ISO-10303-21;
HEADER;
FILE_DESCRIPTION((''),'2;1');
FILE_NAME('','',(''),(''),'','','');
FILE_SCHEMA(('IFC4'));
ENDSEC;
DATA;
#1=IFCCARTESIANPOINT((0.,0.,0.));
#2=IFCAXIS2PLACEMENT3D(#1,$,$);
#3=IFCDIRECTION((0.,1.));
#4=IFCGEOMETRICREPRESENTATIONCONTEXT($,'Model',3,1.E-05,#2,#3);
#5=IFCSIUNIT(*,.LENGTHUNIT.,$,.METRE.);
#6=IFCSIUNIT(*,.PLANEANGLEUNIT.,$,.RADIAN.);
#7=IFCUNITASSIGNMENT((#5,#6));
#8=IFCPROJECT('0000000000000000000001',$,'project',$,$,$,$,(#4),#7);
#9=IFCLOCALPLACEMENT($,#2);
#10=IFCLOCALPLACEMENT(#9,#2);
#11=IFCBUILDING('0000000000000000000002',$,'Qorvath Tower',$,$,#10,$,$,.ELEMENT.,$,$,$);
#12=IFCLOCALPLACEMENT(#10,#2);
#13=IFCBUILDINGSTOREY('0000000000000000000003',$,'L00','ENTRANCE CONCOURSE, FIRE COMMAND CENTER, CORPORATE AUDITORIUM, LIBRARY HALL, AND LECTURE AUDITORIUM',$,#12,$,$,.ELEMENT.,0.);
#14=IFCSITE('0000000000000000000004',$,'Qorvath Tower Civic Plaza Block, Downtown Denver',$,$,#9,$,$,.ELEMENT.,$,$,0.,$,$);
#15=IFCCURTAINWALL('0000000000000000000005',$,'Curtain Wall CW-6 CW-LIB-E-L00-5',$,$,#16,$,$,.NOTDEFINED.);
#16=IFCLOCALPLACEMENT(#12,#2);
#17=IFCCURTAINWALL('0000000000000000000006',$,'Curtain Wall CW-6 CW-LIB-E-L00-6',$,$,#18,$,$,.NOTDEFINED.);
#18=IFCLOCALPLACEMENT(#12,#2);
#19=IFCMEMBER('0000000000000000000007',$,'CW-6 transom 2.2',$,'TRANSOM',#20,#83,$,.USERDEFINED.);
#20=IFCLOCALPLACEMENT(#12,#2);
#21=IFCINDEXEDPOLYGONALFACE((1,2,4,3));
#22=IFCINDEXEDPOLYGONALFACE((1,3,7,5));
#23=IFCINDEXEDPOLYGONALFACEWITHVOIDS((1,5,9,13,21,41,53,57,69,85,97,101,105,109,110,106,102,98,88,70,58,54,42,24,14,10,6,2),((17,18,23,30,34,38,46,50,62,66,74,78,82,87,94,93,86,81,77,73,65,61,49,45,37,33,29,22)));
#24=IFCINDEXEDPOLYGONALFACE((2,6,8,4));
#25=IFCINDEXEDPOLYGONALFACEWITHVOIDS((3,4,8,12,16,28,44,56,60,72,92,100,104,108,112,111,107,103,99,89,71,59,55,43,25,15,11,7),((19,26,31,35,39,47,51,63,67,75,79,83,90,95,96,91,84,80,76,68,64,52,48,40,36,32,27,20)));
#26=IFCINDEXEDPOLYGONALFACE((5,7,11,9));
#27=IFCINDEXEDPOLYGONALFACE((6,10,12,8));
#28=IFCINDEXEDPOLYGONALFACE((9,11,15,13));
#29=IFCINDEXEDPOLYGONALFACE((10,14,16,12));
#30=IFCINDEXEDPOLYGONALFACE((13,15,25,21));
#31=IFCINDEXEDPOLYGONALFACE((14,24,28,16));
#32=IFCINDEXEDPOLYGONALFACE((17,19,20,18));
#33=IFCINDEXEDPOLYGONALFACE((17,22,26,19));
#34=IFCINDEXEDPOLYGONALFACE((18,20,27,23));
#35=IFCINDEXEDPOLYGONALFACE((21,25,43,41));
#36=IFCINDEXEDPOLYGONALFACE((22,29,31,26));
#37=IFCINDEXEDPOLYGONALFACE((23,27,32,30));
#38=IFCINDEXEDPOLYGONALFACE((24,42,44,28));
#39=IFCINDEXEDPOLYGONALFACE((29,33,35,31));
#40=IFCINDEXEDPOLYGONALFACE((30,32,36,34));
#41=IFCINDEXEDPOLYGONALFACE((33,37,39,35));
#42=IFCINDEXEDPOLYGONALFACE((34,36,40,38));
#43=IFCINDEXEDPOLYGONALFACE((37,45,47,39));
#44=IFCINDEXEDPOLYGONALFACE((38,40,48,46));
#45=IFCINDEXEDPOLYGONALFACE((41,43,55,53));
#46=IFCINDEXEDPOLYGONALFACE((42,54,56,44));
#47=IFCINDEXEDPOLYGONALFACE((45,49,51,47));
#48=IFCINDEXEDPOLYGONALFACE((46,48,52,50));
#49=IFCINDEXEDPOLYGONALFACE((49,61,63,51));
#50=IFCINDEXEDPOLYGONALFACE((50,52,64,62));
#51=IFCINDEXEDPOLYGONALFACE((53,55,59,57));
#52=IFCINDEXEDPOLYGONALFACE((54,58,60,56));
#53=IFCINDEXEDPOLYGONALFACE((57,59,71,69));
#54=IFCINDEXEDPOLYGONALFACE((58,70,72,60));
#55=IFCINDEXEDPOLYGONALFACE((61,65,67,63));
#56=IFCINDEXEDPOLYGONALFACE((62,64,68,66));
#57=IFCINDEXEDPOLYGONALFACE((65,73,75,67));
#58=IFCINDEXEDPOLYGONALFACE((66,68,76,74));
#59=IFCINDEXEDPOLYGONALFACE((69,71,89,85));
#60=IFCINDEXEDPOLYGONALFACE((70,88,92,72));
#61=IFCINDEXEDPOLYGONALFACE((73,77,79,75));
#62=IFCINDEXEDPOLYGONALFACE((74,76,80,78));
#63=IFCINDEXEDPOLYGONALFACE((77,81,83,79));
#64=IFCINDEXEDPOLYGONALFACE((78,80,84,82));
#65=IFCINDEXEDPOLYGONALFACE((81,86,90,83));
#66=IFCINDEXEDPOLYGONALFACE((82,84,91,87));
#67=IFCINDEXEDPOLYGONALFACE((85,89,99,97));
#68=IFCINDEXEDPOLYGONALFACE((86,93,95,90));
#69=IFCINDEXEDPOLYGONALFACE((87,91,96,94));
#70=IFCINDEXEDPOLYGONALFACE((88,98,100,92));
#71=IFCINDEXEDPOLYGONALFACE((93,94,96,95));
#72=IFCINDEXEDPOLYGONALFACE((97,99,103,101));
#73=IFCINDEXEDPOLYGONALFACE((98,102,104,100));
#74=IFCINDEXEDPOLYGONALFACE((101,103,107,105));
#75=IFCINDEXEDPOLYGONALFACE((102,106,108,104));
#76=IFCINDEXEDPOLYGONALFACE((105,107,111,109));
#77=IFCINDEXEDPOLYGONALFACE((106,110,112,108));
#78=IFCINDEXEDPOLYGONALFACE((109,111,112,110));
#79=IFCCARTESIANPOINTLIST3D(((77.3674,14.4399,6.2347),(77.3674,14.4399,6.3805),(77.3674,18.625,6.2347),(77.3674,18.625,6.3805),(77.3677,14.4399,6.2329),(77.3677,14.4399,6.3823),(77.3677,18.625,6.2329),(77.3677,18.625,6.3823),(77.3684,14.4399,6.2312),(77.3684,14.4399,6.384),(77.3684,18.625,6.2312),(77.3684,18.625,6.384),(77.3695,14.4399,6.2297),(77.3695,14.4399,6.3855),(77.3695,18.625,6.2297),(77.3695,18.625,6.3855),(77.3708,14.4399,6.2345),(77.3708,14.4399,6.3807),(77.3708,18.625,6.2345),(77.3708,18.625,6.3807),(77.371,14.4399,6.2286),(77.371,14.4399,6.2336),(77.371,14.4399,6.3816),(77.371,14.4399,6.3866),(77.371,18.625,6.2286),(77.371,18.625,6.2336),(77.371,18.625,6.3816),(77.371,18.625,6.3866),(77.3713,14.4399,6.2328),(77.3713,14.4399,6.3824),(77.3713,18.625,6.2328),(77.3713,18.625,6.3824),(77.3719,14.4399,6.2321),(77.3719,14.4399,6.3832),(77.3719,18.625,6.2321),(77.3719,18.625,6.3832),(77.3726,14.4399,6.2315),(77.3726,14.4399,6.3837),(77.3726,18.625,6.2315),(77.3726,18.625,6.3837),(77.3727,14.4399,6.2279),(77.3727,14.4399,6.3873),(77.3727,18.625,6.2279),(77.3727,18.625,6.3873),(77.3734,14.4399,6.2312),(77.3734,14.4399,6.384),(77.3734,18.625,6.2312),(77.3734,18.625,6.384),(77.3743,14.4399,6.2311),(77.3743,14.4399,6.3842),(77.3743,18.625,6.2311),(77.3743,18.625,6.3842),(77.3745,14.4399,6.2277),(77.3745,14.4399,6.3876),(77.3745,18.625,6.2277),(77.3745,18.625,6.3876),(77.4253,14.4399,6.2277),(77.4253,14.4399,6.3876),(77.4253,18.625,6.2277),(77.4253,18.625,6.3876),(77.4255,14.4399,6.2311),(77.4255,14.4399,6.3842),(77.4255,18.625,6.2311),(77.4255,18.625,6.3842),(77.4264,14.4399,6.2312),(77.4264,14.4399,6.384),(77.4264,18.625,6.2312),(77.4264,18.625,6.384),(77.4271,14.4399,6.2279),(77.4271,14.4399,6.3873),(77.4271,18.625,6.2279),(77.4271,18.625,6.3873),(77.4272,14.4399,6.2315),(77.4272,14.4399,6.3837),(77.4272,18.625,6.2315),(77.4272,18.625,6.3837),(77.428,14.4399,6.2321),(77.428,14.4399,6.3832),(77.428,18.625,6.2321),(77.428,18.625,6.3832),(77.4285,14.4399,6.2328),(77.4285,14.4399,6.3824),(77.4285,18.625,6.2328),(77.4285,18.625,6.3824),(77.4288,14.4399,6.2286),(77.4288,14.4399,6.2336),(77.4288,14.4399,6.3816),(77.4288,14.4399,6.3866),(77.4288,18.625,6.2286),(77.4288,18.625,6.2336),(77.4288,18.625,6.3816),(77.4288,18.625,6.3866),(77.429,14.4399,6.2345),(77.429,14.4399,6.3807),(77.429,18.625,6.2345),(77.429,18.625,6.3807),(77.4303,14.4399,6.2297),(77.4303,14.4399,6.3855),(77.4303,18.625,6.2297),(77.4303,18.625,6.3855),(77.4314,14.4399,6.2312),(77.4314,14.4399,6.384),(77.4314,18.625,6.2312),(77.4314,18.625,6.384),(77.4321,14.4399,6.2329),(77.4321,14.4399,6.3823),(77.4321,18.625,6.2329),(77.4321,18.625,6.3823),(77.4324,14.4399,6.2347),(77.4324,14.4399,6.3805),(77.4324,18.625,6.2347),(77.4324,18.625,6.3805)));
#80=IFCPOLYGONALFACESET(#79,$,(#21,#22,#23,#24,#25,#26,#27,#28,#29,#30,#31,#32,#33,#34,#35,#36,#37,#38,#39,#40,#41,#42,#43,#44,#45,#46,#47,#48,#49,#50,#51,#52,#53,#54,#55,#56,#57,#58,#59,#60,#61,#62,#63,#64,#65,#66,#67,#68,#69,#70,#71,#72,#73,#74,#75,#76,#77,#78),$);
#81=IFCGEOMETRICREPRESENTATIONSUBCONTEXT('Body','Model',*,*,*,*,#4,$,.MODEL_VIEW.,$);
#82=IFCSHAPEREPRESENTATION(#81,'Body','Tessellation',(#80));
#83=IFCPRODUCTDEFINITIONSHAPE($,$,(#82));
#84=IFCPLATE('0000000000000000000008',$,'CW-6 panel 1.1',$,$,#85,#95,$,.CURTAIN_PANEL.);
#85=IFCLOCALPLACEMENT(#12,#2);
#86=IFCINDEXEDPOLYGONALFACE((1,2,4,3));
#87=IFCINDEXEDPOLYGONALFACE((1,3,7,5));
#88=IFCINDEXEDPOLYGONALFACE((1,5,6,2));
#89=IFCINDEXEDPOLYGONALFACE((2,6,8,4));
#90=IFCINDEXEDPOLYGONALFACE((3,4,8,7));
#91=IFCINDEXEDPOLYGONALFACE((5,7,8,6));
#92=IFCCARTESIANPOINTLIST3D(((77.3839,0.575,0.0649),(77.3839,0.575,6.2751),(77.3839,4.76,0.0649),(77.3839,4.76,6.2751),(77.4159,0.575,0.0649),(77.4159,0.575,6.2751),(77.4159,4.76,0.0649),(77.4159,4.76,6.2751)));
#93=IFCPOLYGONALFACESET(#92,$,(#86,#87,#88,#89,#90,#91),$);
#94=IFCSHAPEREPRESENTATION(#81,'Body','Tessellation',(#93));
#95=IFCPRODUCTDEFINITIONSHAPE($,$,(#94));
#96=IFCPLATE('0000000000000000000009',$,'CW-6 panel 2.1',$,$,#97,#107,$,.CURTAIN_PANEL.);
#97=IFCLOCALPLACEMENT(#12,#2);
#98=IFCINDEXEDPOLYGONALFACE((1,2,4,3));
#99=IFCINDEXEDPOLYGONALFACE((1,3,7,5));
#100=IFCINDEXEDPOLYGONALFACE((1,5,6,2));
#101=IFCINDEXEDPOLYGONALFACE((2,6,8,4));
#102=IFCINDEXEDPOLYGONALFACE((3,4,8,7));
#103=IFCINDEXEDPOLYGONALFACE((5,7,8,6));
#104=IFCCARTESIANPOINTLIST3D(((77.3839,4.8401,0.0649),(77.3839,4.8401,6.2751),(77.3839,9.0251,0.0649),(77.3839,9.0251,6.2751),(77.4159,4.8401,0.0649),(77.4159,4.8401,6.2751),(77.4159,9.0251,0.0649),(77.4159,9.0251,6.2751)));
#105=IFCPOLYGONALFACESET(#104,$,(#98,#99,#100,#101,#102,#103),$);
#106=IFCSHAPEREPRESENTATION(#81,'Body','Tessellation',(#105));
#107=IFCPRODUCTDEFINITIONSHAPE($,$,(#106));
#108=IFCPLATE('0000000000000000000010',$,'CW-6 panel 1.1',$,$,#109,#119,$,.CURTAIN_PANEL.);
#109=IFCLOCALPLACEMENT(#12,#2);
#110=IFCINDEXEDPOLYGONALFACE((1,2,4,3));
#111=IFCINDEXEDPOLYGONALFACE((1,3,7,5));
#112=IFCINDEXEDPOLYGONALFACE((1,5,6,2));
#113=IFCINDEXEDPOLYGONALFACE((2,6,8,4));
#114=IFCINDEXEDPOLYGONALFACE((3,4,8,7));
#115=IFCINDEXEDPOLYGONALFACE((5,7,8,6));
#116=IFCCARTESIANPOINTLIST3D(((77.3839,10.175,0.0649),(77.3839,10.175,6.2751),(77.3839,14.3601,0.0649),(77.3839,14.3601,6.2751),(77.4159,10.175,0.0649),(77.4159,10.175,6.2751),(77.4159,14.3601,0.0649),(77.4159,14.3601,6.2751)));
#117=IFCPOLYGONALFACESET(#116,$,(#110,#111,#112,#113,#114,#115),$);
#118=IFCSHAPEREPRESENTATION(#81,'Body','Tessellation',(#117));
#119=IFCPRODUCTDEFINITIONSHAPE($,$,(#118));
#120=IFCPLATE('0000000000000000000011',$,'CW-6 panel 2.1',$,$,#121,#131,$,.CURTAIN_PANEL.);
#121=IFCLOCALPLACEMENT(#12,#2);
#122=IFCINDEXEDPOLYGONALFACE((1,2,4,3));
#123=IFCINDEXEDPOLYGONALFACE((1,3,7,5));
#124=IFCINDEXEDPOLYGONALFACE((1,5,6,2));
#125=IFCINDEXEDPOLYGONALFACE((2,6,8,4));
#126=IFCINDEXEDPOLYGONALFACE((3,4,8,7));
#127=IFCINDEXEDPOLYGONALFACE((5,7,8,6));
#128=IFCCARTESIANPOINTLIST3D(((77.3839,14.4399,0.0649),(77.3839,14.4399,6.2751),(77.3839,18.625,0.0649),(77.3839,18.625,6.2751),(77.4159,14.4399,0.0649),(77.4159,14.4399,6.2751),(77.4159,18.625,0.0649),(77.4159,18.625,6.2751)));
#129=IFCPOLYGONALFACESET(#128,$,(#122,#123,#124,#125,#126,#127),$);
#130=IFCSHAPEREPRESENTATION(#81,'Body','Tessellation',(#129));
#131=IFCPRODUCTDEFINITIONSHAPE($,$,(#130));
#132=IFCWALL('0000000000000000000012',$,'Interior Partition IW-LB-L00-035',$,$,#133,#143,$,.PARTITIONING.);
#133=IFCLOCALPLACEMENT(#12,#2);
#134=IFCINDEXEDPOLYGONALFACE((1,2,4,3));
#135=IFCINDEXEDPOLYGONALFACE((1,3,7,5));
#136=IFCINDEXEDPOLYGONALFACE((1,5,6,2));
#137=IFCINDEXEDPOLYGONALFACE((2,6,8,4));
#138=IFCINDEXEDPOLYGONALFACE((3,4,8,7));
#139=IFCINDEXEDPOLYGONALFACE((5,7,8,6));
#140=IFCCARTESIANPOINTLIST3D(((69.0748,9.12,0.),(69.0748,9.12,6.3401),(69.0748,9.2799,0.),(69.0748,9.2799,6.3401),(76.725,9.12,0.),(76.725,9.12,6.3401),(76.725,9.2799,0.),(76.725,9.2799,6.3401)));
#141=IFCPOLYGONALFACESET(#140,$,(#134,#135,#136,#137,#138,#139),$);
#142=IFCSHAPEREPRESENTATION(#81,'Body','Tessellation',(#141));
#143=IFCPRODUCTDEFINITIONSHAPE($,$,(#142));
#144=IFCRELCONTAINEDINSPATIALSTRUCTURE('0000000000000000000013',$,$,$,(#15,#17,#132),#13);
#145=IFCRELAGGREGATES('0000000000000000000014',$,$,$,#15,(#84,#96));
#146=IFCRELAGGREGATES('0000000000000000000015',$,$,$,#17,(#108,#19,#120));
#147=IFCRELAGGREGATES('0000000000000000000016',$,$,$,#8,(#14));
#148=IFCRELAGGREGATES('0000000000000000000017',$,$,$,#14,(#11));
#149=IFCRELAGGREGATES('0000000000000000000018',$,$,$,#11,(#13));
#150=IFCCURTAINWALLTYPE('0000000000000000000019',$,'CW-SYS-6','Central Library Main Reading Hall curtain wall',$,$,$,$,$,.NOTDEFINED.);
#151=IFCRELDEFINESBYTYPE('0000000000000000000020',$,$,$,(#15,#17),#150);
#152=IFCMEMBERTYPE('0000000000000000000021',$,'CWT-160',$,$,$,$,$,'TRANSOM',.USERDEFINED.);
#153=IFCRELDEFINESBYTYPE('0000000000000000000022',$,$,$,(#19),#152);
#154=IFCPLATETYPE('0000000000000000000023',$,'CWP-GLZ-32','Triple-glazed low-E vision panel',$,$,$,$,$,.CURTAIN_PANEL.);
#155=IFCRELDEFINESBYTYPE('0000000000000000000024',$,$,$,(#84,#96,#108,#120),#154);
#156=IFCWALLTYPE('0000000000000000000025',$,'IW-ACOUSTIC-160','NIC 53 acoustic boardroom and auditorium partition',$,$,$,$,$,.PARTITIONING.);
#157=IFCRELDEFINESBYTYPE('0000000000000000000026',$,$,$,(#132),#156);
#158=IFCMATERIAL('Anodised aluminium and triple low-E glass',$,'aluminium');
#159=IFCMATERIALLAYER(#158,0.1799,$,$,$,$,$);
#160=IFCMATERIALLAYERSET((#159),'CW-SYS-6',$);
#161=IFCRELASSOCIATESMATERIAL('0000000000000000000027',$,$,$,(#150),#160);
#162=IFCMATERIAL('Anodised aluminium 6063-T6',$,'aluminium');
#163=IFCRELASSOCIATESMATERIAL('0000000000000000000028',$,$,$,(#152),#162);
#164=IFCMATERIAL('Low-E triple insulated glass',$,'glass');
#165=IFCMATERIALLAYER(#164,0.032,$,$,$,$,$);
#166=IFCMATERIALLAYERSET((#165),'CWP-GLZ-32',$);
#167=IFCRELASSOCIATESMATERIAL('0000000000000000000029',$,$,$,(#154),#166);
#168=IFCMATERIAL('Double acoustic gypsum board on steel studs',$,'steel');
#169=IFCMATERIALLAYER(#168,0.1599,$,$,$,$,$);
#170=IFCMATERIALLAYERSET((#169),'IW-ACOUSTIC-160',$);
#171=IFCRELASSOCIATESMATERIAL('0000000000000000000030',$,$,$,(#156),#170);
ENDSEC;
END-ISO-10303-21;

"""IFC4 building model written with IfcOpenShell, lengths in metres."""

from ifc_helpers import new_model, si_unit, direction, frame, frame_2d, origin, origin_2d, place, context, subcontext, project, spatial, rectangle, hollow_rectangle, extrude, material, layer, layer_set, material_profile, profile_set, type_object, element, aggregate, save


model = new_model("IFC4")

# Units and contexts
model_context = context("Model", 3, precision=1e-05, world=origin(), true_north=direction((0.0, 1.0)))
body_context = subcontext(model_context, "Body", "Model", "MODEL_VIEW")
ifc_project = project(units=[si_unit("LENGTHUNIT", "METRE"), si_unit("PLANEANGLEUNIT", "RADIAN")], contexts=[model_context])

# Site, building, storey
site_placement = place(None, origin())
site = spatial("IfcSite", under=ifc_project, at=site_placement, Name="Qorvath Tower Civic Plaza Block, Downtown Denver", CompositionType="ELEMENT", RefElevation=0.0)
building_placement = place(site_placement, origin())
building = spatial("IfcBuilding", under=site, at=building_placement, Name="Qorvath Tower", CompositionType="ELEMENT")
storey_placement = place(building_placement, origin())
storey = spatial("IfcBuildingStorey", under=building, at=storey_placement, Name="L00", Description="ENTRANCE CONCOURSE, FIRE COMMAND CENTER, CORPORATE AUDITORIUM, LIBRARY HALL, AND LECTURE AUDITORIUM", CompositionType="ELEMENT", Elevation=0.0)

# Curtain walls
ifc_material_1 = material(Name="Anodised aluminium and triple low-E glass", Category="aluminium")
ifc_layer_1 = layer(ifc_material_1, 0.1799)
ifc_layer_set_1 = layer_set([ifc_layer_1], Name="CW-SYS-6")
curtain_wall_type = type_object("IfcCurtainWallType", Name="CW-SYS-6", Description="Central Library Main Reading Hall curtain wall", PredefinedType="NOTDEFINED", material=ifc_layer_set_1)
curtain_wall_1_placement = place(storey_placement, origin())
curtain_wall_1 = element("IfcCurtainWall", 1, at=curtain_wall_1_placement, inside=storey, type_object=curtain_wall_type, Name="Curtain Wall CW-6 CW-LIB-E-L00-5", PredefinedType="NOTDEFINED")
curtain_wall_2_placement = place(storey_placement, origin())
curtain_wall_2 = element("IfcCurtainWall", 2, at=curtain_wall_2_placement, inside=storey, type_object=curtain_wall_type, Name="Curtain Wall CW-6 CW-LIB-E-L00-6", PredefinedType="NOTDEFINED")

# Member
ifc_material_2 = material(Name="Anodised aluminium 6063-T6", Category="aluminium")
ifc_material_profile_1 = material_profile(ifc_material_2, hollow_rectangle(XDim=0.0649, YDim=0.1599, WallThickness=0.0034, InnerFilletRadius=0.0034, OuterFilletRadius=0.0071, at=origin_2d()), Name="CWT 160x65")
ifc_profile_set_1 = profile_set([ifc_material_profile_1], Name="Anodised aluminium 6063-T6")
member_type_1 = type_object("IfcMemberType", Name="CWT-160", ElementType="TRANSOM", PredefinedType="USERDEFINED", material=ifc_profile_set_1)
member_1_placement = place(storey_placement, frame((77.3999, 14.4399, 6.3076), z_axis=(0.0, 1.0, 0.0), x_axis=(-1.0, 0.0, 0.0)))
member_1 = element("IfcMember", 3, at=member_1_placement, type_object=member_type_1, Name="CW-6 transom 2.2", ObjectType="TRANSOM", PredefinedType="USERDEFINED", context=body_context, shape_type="SweptSolid", body=[
    extrude(hollow_rectangle(XDim=0.0649, YDim=0.1599, WallThickness=0.0034, InnerFilletRadius=0.0034, OuterFilletRadius=0.0071, at=origin_2d()), origin(), (0.0, 0.0, 1.0), 4.1851),
])

# Plates
ifc_material_3 = material(Name="Low-E triple insulated glass", Category="glass")
ifc_layer_2 = layer(ifc_material_3, 0.032)
ifc_layer_set_2 = layer_set([ifc_layer_2], Name="CWP-GLZ-32")
plate_type = type_object("IfcPlateType", Name="CWP-GLZ-32", Description="Triple-glazed low-E vision panel", PredefinedType="CURTAIN_PANEL", material=ifc_layer_set_2)
plate_1_placement = place(storey_placement, frame((77.3999, 2.6675, 0.0649), z_axis=(0.0, 0.0, 1.0), x_axis=(0.0, 1.0, 0.0)))
plate_1 = element("IfcPlate", 4, at=plate_1_placement, type_object=plate_type, Name="CW-6 panel 1.1", PredefinedType="CURTAIN_PANEL", context=body_context, shape_type="SweptSolid", body=[
    extrude(rectangle(XDim=4.1851, YDim=0.032, at=origin_2d()), origin(), (0.0, 0.0, 1.0), 6.2102),
])
plate_2_placement = place(storey_placement, frame((77.3999, 6.9326, 0.0649), z_axis=(0.0, 0.0, 1.0), x_axis=(0.0, 1.0, 0.0)))
plate_2 = element("IfcPlate", 5, at=plate_2_placement, type_object=plate_type, Name="CW-6 panel 2.1", PredefinedType="CURTAIN_PANEL", context=body_context, shape_type="SweptSolid", body=[
    extrude(rectangle(XDim=4.1851, YDim=0.032, at=origin_2d()), origin(), (0.0, 0.0, 1.0), 6.2102),
])
aggregate(curtain_wall_1, [plate_1, plate_2])
plate_3_placement = place(storey_placement, frame((77.3999, 12.2676, 0.0649), z_axis=(0.0, 0.0, 1.0), x_axis=(0.0, 1.0, 0.0)))
plate_3 = element("IfcPlate", 6, at=plate_3_placement, type_object=plate_type, Name="CW-6 panel 1.1", PredefinedType="CURTAIN_PANEL", context=body_context, shape_type="SweptSolid", body=[
    extrude(rectangle(XDim=4.1851, YDim=0.032, at=origin_2d()), origin(), (0.0, 0.0, 1.0), 6.2102),
])
plate_4_placement = place(storey_placement, frame((77.3999, 16.5325, 0.0649), z_axis=(0.0, 0.0, 1.0), x_axis=(0.0, 1.0, 0.0)))
plate_4 = element("IfcPlate", 7, at=plate_4_placement, type_object=plate_type, Name="CW-6 panel 2.1", PredefinedType="CURTAIN_PANEL", context=body_context, shape_type="SweptSolid", body=[
    extrude(rectangle(XDim=4.1851, YDim=0.032, at=origin_2d()), origin(), (0.0, 0.0, 1.0), 6.2102),
])
aggregate(curtain_wall_2, [plate_3, member_1, plate_4])

# Wall
ifc_material_4 = material(Name="Double acoustic gypsum board on steel studs", Category="steel")
ifc_layer_3 = layer(ifc_material_4, 0.1599)
ifc_layer_set_3 = layer_set([ifc_layer_3], Name="IW-ACOUSTIC-160")
wall_type = type_object("IfcWallType", Name="IW-ACOUSTIC-160", Description="NIC 53 acoustic boardroom and auditorium partition", PredefinedType="PARTITIONING", material=ifc_layer_set_3)
wall_placement = place(storey_placement, frame((76.7251, 9.2, 0.0), z_axis=(0.0, 0.0, 1.0), x_axis=(-1.0, 0.0, 0.0)))
element("IfcWall", 8, at=wall_placement, inside=storey, type_object=wall_type, Name="Interior Partition IW-LB-L00-035", PredefinedType="PARTITIONING", context=body_context, shape_type="SweptSolid", body=[
    extrude(rectangle(XDim=7.6501, YDim=0.1599, at=frame_2d((3.8252, 0.0))), origin(), (0.0, 0.0, 1.0), 6.3401),
])

save(model, "model.ifc")
